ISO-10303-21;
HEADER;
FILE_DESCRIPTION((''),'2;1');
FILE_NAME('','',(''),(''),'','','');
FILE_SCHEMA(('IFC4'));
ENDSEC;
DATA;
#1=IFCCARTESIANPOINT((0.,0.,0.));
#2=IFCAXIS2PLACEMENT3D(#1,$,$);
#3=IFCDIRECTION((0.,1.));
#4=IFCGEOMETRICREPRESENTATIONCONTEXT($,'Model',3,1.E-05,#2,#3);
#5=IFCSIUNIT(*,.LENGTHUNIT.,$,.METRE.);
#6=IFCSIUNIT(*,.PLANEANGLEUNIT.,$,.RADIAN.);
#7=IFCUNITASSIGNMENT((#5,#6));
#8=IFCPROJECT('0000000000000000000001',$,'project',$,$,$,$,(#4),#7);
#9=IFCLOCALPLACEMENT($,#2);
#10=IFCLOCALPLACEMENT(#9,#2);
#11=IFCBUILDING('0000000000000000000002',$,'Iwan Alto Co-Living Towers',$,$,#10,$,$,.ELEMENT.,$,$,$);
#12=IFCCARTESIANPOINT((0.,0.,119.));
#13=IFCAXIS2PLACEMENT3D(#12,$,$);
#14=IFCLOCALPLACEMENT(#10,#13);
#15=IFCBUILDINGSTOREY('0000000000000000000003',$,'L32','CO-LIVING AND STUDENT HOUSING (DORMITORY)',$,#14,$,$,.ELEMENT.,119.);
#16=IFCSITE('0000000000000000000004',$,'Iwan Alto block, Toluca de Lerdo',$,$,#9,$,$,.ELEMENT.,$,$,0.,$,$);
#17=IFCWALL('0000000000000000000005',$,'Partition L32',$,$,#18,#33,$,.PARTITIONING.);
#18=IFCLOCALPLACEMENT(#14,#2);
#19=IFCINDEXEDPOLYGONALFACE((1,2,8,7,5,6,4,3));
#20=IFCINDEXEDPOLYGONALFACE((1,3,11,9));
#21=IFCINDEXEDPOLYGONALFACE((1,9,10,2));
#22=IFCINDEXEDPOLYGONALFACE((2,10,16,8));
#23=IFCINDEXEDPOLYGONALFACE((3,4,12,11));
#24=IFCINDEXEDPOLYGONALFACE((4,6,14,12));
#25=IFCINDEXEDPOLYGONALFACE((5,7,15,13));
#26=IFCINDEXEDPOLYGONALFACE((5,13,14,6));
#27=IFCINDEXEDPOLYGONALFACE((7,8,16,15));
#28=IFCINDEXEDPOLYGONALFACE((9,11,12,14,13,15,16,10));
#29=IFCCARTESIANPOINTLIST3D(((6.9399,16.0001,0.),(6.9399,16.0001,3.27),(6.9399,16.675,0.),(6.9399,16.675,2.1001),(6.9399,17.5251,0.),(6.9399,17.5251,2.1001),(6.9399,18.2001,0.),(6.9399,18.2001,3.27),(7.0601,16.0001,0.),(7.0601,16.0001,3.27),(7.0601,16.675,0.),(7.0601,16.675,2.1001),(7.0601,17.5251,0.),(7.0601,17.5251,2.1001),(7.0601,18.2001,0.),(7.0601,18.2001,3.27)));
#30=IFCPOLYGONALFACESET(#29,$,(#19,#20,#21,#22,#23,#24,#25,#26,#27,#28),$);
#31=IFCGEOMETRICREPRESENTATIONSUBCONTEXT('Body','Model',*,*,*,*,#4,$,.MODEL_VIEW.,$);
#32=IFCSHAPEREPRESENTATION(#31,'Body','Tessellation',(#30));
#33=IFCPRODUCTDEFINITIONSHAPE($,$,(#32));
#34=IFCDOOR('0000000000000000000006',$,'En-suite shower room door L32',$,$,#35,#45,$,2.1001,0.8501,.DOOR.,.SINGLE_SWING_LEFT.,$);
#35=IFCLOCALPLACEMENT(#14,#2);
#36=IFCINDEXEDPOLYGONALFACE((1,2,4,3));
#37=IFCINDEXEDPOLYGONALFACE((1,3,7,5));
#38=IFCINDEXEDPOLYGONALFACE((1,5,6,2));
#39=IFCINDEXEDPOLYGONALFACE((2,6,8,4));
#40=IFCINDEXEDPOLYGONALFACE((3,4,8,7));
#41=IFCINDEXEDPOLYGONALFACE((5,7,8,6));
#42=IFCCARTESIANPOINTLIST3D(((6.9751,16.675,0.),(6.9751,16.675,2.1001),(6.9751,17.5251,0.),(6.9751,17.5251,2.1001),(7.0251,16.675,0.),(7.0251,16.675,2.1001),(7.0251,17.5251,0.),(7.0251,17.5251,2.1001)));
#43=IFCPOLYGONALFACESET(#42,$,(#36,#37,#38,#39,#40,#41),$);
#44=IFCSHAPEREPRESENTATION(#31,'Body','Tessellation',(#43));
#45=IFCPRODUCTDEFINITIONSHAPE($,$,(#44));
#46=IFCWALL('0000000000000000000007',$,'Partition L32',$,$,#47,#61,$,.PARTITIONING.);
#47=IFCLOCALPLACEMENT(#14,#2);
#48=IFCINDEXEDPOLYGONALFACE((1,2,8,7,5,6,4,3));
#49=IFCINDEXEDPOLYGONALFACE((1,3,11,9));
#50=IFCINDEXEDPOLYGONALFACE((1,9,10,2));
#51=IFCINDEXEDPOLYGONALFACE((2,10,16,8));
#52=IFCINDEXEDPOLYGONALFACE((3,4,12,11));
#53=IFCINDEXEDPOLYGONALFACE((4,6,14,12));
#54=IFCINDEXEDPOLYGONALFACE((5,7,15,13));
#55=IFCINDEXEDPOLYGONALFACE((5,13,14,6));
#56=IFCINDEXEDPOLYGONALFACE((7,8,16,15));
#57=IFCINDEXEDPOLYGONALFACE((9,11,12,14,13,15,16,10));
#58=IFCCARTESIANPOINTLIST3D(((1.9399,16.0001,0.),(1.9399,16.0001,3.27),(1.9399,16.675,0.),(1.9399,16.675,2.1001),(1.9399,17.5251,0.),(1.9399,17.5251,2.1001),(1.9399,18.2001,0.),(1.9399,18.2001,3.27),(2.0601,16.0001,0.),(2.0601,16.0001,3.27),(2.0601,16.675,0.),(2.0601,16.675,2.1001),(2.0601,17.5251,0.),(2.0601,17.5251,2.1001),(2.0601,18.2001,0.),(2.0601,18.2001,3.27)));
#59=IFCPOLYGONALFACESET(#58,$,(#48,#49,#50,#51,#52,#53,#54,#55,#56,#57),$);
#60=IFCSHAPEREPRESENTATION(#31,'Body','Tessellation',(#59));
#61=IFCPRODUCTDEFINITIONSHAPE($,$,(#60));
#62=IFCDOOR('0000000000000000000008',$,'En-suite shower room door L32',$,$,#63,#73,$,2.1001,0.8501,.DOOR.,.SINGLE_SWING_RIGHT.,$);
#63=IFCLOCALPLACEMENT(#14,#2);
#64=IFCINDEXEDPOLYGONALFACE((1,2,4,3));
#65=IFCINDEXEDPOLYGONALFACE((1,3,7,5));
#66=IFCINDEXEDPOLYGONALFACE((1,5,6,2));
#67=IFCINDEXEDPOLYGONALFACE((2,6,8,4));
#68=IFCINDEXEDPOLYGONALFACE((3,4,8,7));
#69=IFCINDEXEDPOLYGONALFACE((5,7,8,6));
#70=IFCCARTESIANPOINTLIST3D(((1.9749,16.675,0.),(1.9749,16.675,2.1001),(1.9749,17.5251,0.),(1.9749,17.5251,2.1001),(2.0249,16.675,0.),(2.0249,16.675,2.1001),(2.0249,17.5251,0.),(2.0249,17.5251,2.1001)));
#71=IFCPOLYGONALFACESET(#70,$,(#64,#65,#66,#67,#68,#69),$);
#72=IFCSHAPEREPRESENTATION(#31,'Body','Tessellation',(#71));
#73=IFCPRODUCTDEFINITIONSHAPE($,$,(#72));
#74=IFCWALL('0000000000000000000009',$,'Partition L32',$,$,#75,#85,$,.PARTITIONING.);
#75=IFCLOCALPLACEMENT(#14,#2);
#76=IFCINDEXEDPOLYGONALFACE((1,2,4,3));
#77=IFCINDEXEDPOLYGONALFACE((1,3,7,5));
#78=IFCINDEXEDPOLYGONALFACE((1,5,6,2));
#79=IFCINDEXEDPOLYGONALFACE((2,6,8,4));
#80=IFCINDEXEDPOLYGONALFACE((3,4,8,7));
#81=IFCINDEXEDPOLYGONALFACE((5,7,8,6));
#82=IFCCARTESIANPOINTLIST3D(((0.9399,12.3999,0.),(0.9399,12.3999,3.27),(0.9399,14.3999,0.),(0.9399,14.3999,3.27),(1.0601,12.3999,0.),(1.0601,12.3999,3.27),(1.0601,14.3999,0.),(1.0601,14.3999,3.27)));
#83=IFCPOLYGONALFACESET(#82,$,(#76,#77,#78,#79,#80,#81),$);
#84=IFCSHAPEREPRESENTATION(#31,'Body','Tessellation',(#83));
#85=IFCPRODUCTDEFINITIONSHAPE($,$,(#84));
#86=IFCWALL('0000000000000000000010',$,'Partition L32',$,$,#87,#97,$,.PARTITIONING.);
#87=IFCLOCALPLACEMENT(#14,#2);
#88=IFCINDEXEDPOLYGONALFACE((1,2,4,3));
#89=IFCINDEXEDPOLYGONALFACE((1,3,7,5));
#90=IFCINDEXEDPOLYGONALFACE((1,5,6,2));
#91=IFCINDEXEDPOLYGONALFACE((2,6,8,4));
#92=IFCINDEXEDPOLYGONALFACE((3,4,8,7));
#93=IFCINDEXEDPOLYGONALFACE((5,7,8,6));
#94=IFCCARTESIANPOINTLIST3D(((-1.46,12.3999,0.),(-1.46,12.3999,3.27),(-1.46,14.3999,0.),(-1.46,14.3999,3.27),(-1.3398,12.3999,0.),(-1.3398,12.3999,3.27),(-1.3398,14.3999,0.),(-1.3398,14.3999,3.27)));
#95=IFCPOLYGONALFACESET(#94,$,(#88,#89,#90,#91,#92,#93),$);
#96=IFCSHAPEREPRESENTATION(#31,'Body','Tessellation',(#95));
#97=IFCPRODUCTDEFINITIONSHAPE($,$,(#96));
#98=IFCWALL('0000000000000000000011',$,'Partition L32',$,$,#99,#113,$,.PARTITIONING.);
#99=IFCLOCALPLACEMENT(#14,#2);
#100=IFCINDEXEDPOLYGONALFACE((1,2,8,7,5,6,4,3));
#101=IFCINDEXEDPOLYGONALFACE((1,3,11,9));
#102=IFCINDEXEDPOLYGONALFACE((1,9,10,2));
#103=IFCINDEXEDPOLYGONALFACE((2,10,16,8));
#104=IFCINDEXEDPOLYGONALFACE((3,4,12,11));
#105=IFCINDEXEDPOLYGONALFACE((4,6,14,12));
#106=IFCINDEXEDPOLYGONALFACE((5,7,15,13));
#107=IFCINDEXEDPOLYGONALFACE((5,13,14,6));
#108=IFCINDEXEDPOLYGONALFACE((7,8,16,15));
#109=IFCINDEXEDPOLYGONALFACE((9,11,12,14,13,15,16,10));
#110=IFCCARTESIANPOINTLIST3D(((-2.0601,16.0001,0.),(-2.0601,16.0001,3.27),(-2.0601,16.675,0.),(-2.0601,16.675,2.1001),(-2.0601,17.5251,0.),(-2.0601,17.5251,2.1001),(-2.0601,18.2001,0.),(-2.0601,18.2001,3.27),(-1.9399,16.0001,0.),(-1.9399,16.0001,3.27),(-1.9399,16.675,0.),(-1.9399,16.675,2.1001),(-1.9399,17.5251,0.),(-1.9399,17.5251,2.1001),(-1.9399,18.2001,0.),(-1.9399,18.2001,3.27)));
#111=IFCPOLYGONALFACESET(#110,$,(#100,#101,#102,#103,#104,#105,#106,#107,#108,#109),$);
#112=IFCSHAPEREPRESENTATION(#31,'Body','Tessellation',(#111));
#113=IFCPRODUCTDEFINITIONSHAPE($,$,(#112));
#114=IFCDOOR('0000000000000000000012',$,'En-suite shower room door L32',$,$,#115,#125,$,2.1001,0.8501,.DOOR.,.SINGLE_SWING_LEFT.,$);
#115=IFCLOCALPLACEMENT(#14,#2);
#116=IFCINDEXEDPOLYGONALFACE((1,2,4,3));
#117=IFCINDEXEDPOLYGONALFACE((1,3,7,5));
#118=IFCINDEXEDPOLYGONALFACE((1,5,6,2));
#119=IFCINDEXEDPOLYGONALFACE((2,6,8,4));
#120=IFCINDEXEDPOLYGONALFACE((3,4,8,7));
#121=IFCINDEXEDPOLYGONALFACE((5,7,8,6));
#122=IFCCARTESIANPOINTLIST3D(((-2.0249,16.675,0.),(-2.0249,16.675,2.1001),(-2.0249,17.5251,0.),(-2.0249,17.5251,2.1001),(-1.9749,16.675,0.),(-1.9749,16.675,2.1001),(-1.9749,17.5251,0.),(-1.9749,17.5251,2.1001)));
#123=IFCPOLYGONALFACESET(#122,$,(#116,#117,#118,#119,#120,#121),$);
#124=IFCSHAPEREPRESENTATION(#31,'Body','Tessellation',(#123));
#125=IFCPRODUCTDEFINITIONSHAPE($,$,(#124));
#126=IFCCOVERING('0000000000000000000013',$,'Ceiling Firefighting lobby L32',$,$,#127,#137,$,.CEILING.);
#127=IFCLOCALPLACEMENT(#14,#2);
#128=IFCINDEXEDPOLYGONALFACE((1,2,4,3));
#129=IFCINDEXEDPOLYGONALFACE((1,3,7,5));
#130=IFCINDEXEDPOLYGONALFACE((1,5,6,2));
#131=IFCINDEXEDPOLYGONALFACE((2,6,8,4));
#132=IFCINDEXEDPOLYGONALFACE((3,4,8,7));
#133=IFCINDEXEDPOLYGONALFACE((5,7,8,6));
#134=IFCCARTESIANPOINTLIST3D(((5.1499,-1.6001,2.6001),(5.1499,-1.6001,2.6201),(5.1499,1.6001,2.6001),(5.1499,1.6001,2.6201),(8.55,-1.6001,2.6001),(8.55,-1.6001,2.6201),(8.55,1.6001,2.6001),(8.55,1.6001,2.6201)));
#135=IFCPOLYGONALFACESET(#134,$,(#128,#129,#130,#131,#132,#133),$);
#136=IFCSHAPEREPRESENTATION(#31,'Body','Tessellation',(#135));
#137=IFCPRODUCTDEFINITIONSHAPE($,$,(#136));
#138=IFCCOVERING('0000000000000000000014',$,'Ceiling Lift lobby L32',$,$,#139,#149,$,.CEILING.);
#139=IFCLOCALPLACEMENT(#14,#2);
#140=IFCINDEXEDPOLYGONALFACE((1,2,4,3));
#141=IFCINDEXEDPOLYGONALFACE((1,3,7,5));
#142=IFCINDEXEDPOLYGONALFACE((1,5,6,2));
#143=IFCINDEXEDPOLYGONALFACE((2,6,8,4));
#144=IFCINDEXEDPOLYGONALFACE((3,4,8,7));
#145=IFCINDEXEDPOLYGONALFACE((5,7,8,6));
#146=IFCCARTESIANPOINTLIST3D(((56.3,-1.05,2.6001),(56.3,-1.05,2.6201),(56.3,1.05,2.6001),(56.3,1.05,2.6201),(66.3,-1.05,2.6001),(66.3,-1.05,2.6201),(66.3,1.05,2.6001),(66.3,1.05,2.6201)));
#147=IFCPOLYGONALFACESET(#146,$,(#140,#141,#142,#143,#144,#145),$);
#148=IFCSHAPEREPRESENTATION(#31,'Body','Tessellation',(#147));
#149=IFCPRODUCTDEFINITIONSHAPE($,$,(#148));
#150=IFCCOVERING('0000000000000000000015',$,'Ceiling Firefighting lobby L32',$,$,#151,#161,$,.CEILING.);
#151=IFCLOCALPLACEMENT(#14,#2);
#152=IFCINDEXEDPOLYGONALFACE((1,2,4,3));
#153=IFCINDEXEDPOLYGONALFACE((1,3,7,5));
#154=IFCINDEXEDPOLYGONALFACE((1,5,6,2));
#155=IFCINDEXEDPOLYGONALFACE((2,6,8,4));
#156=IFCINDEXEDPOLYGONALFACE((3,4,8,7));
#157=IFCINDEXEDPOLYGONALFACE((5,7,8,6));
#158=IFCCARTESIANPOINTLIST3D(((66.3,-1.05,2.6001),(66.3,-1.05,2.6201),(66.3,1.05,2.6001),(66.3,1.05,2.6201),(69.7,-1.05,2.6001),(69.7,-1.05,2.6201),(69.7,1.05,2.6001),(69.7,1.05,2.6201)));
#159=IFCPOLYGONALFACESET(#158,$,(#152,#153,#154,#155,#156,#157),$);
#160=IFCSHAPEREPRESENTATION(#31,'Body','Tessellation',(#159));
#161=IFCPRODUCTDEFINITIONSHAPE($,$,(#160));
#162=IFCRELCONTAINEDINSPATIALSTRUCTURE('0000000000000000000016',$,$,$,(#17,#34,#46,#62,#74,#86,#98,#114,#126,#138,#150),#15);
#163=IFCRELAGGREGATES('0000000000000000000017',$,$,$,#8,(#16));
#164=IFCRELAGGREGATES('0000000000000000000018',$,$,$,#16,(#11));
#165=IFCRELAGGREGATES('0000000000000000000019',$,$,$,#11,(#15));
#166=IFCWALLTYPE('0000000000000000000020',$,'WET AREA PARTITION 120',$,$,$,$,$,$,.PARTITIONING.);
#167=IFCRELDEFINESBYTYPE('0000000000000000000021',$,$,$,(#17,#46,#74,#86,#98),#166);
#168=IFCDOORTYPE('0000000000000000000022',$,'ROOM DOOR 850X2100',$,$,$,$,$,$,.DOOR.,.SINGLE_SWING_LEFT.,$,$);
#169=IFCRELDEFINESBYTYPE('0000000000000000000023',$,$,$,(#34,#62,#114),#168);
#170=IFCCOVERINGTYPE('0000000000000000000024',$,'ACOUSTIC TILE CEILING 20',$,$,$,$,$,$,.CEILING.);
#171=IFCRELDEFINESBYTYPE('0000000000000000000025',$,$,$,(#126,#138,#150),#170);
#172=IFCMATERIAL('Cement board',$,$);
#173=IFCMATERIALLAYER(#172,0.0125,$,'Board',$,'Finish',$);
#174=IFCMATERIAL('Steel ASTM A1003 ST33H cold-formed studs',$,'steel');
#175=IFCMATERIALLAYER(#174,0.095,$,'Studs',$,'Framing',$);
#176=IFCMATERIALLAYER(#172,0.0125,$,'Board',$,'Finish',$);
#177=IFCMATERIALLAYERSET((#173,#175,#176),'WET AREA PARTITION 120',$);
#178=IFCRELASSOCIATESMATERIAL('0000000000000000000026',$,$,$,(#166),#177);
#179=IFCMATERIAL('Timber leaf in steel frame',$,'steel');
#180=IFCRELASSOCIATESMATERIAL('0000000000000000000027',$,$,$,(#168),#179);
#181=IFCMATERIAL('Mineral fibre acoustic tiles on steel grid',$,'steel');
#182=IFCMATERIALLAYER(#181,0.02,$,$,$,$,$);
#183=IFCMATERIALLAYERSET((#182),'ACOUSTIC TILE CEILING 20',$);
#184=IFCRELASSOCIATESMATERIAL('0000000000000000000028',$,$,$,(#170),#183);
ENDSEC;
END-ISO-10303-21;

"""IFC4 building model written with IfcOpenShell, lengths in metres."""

from ifc_helpers import new_model, si_unit, direction, frame, frame_2d, origin, place, context, subcontext, project, spatial, polyline, rectangle, outline, extrude, material, layer, layer_set, type_object, element, fill, save


model = new_model("IFC4")

# Units and contexts
model_context = context("Model", 3, precision=1e-05, world=origin(), true_north=direction((0.0, 1.0)))
body_context = subcontext(model_context, "Body", "Model", "MODEL_VIEW")
ifc_project = project(units=[si_unit("LENGTHUNIT", "METRE"), si_unit("PLANEANGLEUNIT", "RADIAN")], contexts=[model_context])

# Site, building, storey
site_placement = place(None, origin())
site = spatial("IfcSite", under=ifc_project, at=site_placement, Name="Iwan Alto block, Toluca de Lerdo", CompositionType="ELEMENT", RefElevation=0.0)
building_placement = place(site_placement, origin())
building = spatial("IfcBuilding", under=site, at=building_placement, Name="Iwan Alto Co-Living Towers", CompositionType="ELEMENT")
storey_placement = place(building_placement, frame((0.0, 0.0, 119.0)))
storey = spatial("IfcBuildingStorey", under=building, at=storey_placement, Name="L32", Description="CO-LIVING AND STUDENT HOUSING (DORMITORY)", CompositionType="ELEMENT", Elevation=119.0)

# Shared definitions
ifc_material_1 = material(Name="Steel ASTM A1003 ST33H cold-formed studs", Category="steel")

# Walls, openings, doors
ifc_material_2 = material(Name="Cement board")
ifc_layer_1 = layer(ifc_material_2, 0.0125, Name="Board", Category="Finish")
ifc_layer_2 = layer(ifc_material_1, 0.095, Name="Studs", Category="Framing")
ifc_layer_3 = layer(ifc_material_2, 0.0125, Name="Board", Category="Finish")
ifc_layer_set_1 = layer_set([ifc_layer_1, ifc_layer_2, ifc_layer_3], Name="WET AREA PARTITION 120")
wall_type_1 = type_object("IfcWallType", Name="WET AREA PARTITION 120", PredefinedType="PARTITIONING", material=ifc_layer_set_1)
ifc_material_3 = material(Name="Timber leaf in steel frame", Category="steel")
door_type = type_object("IfcDoorType", Name="ROOM DOOR 850X2100", OperationType="SINGLE_SWING_LEFT", PredefinedType="DOOR", material=ifc_material_3)
wall_1_placement = place(storey_placement, frame((7.0, 16.0, 0.0), z_axis=(0.0, 0.0, 1.0), x_axis=(0.0, 1.0, 0.0)))
wall_1 = element("IfcWall", 1, at=wall_1_placement, inside=storey, type_object=wall_type_1, Name="Partition L32", PredefinedType="PARTITIONING", context=body_context, shape_type="SweptSolid", body=[
    extrude(rectangle(XDim=2.2, YDim=0.1201, at=frame_2d((1.1001, 0.0))), origin(), (0.0, 0.0, 1.0), 3.27),
])
opening_1_placement = place(wall_1_placement, frame((0.675, 0.0, 0.0)))
opening_1 = element("IfcOpeningElement", 2, at=opening_1_placement, cuts=wall_1, PredefinedType="OPENING", context=body_context, shape_type="SweptSolid", body=[
    extrude(rectangle(XDim=0.8501, YDim=2.1001, at=frame_2d((0.425, 1.05))), frame((0.0, 0.0701, 0.0), z_axis=(0.0, -1.0, 0.0), x_axis=(1.0, 0.0, 0.0)), (0.0, 0.0, 1.0), 0.1401),
])
door_1_placement = place(opening_1_placement, origin())
door_1 = element("IfcDoor", 3, at=door_1_placement, inside=storey, type_object=door_type, Name="En-suite shower room door L32", OperationType="SINGLE_SWING_LEFT", OverallHeight=2.1001, OverallWidth=0.8501, PredefinedType="DOOR", context=body_context, shape_type="SweptSolid", body=[
    extrude(rectangle(XDim=0.8501, YDim=2.1001, at=frame_2d((0.425, 1.05))), frame((0.0, 0.0249, 0.0), z_axis=(0.0, -1.0, 0.0), x_axis=(1.0, 0.0, 0.0)), (0.0, 0.0, 1.0), 0.05),
])
fill(opening_1, door_1)
wall_2_placement = place(storey_placement, frame((2.0, 16.0, 0.0), z_axis=(0.0, 0.0, 1.0), x_axis=(0.0, 1.0, 0.0)))
wall_2 = element("IfcWall", 4, at=wall_2_placement, inside=storey, type_object=wall_type_1, Name="Partition L32", PredefinedType="PARTITIONING", context=body_context, shape_type="SweptSolid", body=[
    extrude(rectangle(XDim=2.2, YDim=0.1201, at=frame_2d((1.1001, 0.0))), origin(), (0.0, 0.0, 1.0), 3.27),
])
opening_2_placement = place(wall_2_placement, frame((0.675, 0.0, 0.0)))
opening_2 = element("IfcOpeningElement", 5, at=opening_2_placement, cuts=wall_2, PredefinedType="OPENING", context=body_context, shape_type="SweptSolid", body=[
    extrude(rectangle(XDim=0.8501, YDim=2.1001, at=frame_2d((0.425, 1.05))), frame((0.0, 0.0701, 0.0), z_axis=(0.0, -1.0, 0.0), x_axis=(1.0, 0.0, 0.0)), (0.0, 0.0, 1.0), 0.1401),
])
door_2_placement = place(opening_2_placement, frame((0.8501, 0.0, 0.0), z_axis=(0.0, 0.0, 1.0), x_axis=(-1.0, 0.0, 0.0)))
door_2 = element("IfcDoor", 6, at=door_2_placement, inside=storey, type_object=door_type, Name="En-suite shower room door L32", OperationType="SINGLE_SWING_RIGHT", OverallHeight=2.1001, OverallWidth=0.8501, PredefinedType="DOOR", context=body_context, shape_type="SweptSolid", body=[
    extrude(rectangle(XDim=0.8501, YDim=2.1001, at=frame_2d((0.425, 1.05))), frame((0.0, 0.0249, 0.0), z_axis=(0.0, -1.0, 0.0), x_axis=(1.0, 0.0, 0.0)), (0.0, 0.0, 1.0), 0.05),
])
fill(opening_2, door_2)

# Walls
for number, where, z_axis, x_axis, name in (
    (7, (1.0, 12.3999, 0.0), (0.0, 0.0, 1.0), (0.0, 1.0, 0.0), "Partition L32"),
    (8, (-1.3999, 12.3999, 0.0), (0.0, 0.0, 1.0), (0.0, 1.0, 0.0), "Partition L32"),
):
    element("IfcWall", number, at=place(storey_placement, frame(where, z_axis=z_axis, x_axis=x_axis)), inside=storey, type_object=wall_type_1, Name=name, PredefinedType="PARTITIONING", context=body_context, shape_type="SweptSolid", body=[
        extrude(rectangle(XDim=2.0, YDim=0.1201, at=frame_2d((1.0, 0.0))), origin(), (0.0, 0.0, 1.0), 3.27),
    ])

# Wall, opening, door
wall_3_placement = place(storey_placement, frame((-2.0, 16.0, 0.0), z_axis=(0.0, 0.0, 1.0), x_axis=(0.0, 1.0, 0.0)))
wall_3 = element("IfcWall", 9, at=wall_3_placement, inside=storey, type_object=wall_type_1, Name="Partition L32", PredefinedType="PARTITIONING", context=body_context, shape_type="SweptSolid", body=[
    extrude(rectangle(XDim=2.2, YDim=0.1201, at=frame_2d((1.1001, 0.0))), origin(), (0.0, 0.0, 1.0), 3.27),
])
opening_3_placement = place(wall_3_placement, frame((0.675, 0.0, 0.0)))
opening_3 = element("IfcOpeningElement", 10, at=opening_3_placement, cuts=wall_3, PredefinedType="OPENING", context=body_context, shape_type="SweptSolid", body=[
    extrude(rectangle(XDim=0.8501, YDim=2.1001, at=frame_2d((0.425, 1.05))), frame((0.0, 0.0701, 0.0), z_axis=(0.0, -1.0, 0.0), x_axis=(1.0, 0.0, 0.0)), (0.0, 0.0, 1.0), 0.1401),
])
door_3_placement = place(opening_3_placement, origin())
door_3 = element("IfcDoor", 11, at=door_3_placement, inside=storey, type_object=door_type, Name="En-suite shower room door L32", OperationType="SINGLE_SWING_LEFT", OverallHeight=2.1001, OverallWidth=0.8501, PredefinedType="DOOR", context=body_context, shape_type="SweptSolid", body=[
    extrude(rectangle(XDim=0.8501, YDim=2.1001, at=frame_2d((0.425, 1.05))), frame((0.0, 0.0249, 0.0), z_axis=(0.0, -1.0, 0.0), x_axis=(1.0, 0.0, 0.0)), (0.0, 0.0, 1.0), 0.05),
])
fill(opening_3, door_3)

# Coverings
ifc_material_4 = material(Name="Mineral fibre acoustic tiles on steel grid", Category="steel")
ifc_layer_4 = layer(ifc_material_4, 0.02)
ifc_layer_set_2 = layer_set([ifc_layer_4], Name="ACOUSTIC TILE CEILING 20")
covering_type_1 = type_object("IfcCoveringType", Name="ACOUSTIC TILE CEILING 20", PredefinedType="CEILING", material=ifc_layer_set_2)
covering_1_placement = place(storey_placement, frame((0.0, 0.0, 2.6001)))
element("IfcCovering", 12, at=covering_1_placement, inside=storey, type_object=covering_type_1, Name="Ceiling Firefighting lobby L32", PredefinedType="CEILING", context=body_context, shape_type="SweptSolid", body=[
    extrude(outline(polyline([(5.1499, -1.6001), (5.1499, 1.6001), (8.55, 1.6001), (8.55, -1.6001), (5.1499, -1.6001)])), origin(), (0.0, 0.0, 1.0), 0.02),
])
covering_2_placement = place(storey_placement, frame((0.0, 0.0, 2.6001)))
element("IfcCovering", 13, at=covering_2_placement, inside=storey, type_object=covering_type_1, Name="Ceiling Lift lobby L32", PredefinedType="CEILING", context=body_context, shape_type="SweptSolid", body=[
    extrude(outline(polyline([(56.3, -1.05), (56.3, 1.05), (66.3, 1.05), (66.3, -1.05), (56.3, -1.05)])), origin(), (0.0, 0.0, 1.0), 0.02),
])
covering_3_placement = place(storey_placement, frame((0.0, 0.0, 2.6001)))
element("IfcCovering", 14, at=covering_3_placement, inside=storey, type_object=covering_type_1, Name="Ceiling Firefighting lobby L32", PredefinedType="CEILING", context=body_context, shape_type="SweptSolid", body=[
    extrude(outline(polyline([(66.3, -1.05), (66.3, 1.05), (69.7, 1.05), (69.7, -1.05), (66.3, -1.05)])), origin(), (0.0, 0.0, 1.0), 0.02),
])

save(model, "model.ifc")
